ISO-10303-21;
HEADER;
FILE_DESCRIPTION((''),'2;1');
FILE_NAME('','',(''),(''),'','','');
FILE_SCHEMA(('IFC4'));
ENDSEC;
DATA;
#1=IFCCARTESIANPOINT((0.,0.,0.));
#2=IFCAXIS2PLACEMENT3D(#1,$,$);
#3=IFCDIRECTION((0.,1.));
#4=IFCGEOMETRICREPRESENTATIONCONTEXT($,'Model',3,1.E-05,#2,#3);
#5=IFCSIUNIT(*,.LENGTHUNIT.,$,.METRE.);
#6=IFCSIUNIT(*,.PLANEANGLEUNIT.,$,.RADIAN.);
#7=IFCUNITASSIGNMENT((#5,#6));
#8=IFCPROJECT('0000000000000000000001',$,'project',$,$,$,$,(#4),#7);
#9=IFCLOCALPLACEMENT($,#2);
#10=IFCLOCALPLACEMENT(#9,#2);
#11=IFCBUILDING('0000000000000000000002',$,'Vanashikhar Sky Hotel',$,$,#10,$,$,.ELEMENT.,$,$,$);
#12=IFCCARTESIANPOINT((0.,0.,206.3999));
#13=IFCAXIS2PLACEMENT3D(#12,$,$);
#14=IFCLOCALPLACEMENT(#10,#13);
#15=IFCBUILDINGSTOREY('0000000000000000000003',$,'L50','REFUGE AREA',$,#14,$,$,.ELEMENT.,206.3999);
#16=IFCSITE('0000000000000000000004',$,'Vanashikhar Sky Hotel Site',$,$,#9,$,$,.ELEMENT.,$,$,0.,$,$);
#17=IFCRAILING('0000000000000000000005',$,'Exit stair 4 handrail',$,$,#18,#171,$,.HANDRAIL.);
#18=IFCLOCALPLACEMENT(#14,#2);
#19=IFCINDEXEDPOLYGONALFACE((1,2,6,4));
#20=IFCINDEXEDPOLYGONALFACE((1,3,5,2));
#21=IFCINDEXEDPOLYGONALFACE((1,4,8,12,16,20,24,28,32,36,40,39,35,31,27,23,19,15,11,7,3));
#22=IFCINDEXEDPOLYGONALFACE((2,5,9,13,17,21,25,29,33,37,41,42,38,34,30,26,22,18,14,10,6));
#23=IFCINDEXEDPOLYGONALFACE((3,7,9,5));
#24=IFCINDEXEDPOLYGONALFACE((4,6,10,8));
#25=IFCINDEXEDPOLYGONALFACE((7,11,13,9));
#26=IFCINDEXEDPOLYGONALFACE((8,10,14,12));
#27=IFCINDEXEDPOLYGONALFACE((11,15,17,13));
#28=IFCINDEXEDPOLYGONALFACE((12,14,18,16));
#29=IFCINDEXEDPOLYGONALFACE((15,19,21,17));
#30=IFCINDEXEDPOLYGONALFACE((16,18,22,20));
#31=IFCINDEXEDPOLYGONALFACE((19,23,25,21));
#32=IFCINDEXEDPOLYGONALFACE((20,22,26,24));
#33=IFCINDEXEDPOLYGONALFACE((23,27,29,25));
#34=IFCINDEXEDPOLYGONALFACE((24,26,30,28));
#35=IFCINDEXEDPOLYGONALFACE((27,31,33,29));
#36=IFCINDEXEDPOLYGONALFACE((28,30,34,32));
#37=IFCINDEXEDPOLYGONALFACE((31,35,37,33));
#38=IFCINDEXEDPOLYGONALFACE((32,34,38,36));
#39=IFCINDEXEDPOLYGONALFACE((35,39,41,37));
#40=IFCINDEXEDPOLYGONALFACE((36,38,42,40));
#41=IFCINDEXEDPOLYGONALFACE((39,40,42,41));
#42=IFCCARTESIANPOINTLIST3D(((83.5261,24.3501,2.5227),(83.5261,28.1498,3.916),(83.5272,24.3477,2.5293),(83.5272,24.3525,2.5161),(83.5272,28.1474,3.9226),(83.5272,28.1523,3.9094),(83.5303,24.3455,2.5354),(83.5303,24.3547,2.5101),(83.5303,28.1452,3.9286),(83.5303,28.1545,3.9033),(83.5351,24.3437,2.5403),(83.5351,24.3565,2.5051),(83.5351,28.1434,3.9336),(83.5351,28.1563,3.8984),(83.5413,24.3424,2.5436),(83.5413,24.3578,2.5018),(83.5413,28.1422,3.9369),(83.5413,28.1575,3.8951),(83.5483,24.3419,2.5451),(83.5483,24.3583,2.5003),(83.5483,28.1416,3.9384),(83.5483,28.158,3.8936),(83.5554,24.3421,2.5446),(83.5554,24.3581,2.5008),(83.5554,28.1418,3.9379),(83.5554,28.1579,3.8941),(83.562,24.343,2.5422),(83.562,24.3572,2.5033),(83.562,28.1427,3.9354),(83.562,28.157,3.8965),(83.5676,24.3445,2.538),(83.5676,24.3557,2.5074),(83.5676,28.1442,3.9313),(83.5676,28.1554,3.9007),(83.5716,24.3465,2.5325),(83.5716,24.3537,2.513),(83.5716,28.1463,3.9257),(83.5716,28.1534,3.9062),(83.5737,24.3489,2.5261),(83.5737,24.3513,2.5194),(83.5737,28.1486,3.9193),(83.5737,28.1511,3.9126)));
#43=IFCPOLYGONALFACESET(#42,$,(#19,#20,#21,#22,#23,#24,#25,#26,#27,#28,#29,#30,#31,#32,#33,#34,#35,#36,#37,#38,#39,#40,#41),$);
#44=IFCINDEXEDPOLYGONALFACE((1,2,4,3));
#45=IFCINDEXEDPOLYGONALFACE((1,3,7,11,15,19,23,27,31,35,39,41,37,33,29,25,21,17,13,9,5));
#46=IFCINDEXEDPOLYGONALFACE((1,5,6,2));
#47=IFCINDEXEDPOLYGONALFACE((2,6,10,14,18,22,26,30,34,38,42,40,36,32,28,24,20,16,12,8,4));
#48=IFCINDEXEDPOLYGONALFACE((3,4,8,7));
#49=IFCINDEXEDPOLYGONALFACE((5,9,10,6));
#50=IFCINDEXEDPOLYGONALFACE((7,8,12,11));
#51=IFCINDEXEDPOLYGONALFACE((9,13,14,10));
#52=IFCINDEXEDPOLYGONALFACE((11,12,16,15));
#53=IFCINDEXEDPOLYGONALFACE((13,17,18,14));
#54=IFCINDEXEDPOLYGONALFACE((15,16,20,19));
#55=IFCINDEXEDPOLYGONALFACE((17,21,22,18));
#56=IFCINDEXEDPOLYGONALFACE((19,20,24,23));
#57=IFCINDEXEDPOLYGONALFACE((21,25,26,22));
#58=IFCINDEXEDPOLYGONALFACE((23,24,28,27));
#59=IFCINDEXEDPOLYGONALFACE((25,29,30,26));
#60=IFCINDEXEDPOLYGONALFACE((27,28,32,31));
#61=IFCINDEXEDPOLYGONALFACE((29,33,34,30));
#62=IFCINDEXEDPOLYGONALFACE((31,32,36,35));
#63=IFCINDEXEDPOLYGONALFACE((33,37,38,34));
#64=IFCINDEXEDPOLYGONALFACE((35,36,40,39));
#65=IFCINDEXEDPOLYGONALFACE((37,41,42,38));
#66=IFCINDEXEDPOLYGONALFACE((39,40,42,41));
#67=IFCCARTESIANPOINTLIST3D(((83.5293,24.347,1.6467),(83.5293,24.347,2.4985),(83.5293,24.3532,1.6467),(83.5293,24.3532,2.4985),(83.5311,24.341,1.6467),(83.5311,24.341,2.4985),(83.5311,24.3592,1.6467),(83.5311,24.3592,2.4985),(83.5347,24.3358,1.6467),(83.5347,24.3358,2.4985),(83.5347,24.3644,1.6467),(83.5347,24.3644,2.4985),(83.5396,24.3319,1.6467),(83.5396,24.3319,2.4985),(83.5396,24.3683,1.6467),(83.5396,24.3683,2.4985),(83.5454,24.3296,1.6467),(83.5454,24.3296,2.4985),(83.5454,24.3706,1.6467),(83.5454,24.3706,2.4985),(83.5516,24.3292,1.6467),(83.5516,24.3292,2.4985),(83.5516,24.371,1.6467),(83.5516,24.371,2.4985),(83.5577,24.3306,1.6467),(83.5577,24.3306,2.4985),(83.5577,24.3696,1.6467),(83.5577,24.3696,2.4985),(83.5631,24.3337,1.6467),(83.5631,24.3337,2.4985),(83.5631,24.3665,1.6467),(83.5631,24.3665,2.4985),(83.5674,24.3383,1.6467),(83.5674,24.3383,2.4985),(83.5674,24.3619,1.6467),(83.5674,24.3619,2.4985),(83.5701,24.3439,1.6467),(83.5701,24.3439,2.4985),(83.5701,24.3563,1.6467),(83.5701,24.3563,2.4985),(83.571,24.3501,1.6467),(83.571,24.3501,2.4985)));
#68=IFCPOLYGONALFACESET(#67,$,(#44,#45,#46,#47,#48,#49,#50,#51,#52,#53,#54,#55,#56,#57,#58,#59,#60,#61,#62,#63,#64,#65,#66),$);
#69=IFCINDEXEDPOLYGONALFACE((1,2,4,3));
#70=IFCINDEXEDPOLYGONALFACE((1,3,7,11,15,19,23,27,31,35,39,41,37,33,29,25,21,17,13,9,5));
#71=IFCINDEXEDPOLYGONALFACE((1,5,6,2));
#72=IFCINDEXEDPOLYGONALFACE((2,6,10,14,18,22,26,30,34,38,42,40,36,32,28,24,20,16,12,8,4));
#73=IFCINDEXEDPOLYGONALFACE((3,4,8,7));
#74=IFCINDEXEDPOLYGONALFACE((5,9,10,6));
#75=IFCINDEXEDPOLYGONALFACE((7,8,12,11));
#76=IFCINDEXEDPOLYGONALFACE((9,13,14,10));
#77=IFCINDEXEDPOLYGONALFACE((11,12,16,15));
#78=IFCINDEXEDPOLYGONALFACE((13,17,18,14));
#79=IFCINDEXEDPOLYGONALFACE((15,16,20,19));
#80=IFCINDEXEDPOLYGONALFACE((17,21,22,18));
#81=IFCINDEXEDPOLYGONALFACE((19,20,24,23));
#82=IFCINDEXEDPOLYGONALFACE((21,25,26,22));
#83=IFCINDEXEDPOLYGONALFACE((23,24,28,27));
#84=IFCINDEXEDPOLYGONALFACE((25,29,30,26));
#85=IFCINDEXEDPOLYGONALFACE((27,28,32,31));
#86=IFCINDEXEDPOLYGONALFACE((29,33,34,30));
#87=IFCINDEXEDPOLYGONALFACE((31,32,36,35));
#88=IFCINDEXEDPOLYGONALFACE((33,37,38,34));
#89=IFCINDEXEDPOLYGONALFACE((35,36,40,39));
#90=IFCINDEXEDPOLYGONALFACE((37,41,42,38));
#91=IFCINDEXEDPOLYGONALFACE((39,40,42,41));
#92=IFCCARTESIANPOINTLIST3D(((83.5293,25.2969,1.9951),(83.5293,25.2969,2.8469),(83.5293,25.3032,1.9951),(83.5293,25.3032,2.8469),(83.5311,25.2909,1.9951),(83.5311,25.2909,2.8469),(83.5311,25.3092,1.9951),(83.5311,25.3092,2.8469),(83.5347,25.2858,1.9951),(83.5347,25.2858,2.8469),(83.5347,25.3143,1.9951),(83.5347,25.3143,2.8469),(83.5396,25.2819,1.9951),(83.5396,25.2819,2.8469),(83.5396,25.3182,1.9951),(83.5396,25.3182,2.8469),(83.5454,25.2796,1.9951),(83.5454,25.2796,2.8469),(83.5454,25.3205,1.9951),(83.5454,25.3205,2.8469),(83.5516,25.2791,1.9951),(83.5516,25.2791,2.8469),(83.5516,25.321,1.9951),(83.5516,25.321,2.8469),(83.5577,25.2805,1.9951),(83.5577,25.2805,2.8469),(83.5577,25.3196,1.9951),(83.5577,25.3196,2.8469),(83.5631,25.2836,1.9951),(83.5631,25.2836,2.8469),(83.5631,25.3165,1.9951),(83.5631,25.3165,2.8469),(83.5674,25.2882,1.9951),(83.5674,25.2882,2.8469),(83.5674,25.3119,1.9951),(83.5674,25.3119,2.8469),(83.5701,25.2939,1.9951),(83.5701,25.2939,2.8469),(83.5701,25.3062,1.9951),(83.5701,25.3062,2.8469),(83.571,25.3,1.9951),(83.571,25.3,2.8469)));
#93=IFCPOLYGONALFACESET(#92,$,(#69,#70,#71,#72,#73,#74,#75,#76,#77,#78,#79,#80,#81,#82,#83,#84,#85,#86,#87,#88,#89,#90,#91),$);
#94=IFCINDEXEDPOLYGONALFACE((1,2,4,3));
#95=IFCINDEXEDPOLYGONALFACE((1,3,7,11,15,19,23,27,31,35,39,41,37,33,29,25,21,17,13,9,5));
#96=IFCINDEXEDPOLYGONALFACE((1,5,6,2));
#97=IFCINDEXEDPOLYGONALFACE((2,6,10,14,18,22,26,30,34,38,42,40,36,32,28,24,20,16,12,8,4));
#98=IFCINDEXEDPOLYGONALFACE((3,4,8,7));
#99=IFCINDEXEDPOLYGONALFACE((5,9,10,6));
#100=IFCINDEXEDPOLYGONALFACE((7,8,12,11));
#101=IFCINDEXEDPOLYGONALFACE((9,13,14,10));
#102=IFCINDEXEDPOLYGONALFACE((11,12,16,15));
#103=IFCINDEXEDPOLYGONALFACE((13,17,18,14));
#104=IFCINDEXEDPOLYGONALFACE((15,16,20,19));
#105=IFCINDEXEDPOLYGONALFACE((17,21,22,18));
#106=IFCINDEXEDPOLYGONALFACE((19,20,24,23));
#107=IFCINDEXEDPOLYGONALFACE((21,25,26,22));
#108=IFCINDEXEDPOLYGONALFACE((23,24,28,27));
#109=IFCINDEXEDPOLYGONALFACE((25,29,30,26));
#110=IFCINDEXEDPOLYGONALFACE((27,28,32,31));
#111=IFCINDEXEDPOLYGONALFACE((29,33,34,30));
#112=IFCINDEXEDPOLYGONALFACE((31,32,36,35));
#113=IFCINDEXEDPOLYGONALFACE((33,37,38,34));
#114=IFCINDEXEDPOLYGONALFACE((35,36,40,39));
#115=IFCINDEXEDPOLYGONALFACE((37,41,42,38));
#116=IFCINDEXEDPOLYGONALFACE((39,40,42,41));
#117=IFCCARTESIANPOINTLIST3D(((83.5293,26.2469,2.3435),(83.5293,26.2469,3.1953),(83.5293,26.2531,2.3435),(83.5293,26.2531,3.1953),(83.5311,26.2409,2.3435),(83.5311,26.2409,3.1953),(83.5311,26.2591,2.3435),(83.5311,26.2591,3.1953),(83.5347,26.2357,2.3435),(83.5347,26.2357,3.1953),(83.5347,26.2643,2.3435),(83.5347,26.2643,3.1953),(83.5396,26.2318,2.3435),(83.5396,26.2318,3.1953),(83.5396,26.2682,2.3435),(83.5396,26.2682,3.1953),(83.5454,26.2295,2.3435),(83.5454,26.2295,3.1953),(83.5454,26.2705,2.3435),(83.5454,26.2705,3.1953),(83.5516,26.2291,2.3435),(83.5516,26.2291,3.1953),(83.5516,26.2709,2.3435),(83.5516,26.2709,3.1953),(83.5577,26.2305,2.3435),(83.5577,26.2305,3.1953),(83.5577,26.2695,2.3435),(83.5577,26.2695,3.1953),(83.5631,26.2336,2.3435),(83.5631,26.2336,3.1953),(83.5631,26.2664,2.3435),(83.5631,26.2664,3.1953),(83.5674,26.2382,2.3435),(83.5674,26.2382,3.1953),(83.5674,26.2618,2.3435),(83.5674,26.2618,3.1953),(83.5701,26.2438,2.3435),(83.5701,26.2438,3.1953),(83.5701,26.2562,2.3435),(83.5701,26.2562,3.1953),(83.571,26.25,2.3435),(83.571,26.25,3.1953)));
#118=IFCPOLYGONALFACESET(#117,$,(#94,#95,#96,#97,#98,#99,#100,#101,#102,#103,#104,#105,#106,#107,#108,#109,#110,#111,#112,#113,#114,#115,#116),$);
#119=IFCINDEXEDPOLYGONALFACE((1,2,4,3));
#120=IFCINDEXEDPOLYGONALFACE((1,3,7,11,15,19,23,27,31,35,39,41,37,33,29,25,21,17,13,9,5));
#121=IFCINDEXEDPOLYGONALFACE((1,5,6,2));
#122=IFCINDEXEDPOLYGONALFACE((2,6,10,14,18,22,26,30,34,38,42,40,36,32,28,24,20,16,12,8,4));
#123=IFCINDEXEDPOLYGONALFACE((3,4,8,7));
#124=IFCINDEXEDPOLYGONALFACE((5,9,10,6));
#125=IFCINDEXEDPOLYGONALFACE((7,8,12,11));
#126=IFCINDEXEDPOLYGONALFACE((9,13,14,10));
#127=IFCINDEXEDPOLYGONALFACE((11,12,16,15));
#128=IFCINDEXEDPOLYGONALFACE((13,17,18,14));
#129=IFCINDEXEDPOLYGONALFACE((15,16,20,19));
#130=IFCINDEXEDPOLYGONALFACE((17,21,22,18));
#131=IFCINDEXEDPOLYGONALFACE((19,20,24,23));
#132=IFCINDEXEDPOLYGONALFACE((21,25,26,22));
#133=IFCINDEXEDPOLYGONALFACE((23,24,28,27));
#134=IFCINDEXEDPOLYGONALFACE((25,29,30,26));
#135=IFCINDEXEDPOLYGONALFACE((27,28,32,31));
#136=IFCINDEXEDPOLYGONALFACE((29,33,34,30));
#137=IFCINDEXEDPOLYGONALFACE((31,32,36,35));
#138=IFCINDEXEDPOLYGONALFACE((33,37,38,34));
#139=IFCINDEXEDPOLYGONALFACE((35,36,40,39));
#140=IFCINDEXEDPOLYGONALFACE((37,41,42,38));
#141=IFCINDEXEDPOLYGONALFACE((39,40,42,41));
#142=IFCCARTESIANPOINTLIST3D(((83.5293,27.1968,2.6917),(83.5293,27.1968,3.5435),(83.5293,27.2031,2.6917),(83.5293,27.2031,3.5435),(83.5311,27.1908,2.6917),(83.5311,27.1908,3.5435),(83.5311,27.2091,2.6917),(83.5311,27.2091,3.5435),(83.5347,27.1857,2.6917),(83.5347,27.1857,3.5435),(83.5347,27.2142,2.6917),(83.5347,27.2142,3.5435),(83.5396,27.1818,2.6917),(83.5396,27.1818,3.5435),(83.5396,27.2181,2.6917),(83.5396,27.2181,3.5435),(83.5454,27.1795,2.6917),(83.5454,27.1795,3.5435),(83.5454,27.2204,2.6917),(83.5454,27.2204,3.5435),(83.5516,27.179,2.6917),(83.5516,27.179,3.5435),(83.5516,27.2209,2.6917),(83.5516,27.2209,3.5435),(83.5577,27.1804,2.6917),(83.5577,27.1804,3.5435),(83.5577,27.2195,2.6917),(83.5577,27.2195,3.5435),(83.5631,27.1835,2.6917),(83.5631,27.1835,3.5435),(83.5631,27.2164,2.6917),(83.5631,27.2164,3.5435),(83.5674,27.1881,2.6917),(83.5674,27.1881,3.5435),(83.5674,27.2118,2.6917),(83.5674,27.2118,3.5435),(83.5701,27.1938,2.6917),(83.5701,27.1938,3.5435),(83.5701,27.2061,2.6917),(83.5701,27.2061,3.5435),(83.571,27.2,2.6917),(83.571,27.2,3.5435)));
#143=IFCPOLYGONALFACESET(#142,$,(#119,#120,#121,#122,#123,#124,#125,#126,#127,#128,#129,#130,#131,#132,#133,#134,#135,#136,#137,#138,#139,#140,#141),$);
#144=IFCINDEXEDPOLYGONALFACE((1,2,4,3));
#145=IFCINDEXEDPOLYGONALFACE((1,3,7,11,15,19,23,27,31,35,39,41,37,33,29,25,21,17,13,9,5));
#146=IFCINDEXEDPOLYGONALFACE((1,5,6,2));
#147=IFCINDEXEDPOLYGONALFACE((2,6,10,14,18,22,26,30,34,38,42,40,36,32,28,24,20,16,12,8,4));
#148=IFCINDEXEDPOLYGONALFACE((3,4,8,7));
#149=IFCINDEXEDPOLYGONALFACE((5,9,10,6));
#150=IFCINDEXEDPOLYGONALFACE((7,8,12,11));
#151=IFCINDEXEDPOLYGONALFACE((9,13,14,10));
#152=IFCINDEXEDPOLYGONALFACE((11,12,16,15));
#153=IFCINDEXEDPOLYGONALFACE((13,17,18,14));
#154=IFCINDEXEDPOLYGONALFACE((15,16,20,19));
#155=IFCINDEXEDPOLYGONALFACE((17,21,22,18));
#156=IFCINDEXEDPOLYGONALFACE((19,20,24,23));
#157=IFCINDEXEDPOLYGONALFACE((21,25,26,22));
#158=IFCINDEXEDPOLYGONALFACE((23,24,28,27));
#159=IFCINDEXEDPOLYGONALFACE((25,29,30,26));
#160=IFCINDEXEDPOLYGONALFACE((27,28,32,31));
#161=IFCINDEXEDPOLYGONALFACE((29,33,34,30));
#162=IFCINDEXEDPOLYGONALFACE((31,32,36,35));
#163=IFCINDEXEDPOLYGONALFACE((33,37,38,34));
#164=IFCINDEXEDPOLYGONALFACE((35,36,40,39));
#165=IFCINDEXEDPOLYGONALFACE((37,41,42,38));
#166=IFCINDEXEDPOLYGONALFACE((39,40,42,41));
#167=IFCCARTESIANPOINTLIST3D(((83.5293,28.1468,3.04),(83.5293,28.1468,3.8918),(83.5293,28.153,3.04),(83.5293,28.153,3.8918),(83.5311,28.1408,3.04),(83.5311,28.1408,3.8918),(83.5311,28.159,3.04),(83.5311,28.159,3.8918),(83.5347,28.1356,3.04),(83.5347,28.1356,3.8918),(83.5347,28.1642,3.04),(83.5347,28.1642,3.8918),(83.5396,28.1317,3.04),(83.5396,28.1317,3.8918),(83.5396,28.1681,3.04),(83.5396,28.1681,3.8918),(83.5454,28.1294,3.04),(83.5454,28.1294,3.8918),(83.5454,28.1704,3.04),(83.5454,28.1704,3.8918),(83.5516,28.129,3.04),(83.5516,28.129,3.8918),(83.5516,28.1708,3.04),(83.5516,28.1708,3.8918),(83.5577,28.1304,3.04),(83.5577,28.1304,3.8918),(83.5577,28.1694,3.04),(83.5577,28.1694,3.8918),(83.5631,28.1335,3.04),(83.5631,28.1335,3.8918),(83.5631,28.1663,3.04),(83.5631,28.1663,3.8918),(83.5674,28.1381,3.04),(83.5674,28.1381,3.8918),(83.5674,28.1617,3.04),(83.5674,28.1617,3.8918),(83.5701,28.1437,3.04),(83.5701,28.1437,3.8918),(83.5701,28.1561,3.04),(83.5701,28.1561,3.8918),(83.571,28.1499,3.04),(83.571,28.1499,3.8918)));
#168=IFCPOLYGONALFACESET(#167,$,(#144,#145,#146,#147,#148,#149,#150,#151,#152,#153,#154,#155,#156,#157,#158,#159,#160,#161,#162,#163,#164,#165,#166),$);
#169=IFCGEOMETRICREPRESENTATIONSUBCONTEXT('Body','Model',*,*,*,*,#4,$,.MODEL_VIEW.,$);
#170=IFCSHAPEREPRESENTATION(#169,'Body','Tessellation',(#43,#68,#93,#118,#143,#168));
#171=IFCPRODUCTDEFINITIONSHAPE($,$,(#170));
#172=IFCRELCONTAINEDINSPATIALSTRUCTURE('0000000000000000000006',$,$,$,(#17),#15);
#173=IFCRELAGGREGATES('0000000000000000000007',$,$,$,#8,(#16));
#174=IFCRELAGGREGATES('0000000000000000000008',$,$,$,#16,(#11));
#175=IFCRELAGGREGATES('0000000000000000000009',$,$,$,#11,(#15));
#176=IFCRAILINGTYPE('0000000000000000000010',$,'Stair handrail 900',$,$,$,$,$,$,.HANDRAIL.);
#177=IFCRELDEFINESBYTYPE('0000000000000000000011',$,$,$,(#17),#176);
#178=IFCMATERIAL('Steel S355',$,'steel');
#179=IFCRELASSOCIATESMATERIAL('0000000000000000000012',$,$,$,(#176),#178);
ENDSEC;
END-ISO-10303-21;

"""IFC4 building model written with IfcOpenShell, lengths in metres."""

from ifc_helpers import new_model, si_unit, direction, frame, origin, origin_2d, place, context, subcontext, project, spatial, circle, extrude, source, transform, mapped, material, type_object, element, save


model = new_model("IFC4")

# Units and contexts
model_context = context("Model", 3, precision=1e-05, world=origin(), true_north=direction((0.0, 1.0)))
body_context = subcontext(model_context, "Body", "Model", "MODEL_VIEW")
ifc_project = project(units=[si_unit("LENGTHUNIT", "METRE"), si_unit("PLANEANGLEUNIT", "RADIAN")], contexts=[model_context])

# Site, building, storey
site_placement = place(None, origin())
site = spatial("IfcSite", under=ifc_project, at=site_placement, Name="Vanashikhar Sky Hotel Site", CompositionType="ELEMENT", RefElevation=0.0)
building_placement = place(site_placement, origin())
building = spatial("IfcBuilding", under=site, at=building_placement, Name="Vanashikhar Sky Hotel", CompositionType="ELEMENT")
storey_placement = place(building_placement, frame((0.0, 0.0, 206.3999)))
storey = spatial("IfcBuildingStorey", under=building, at=storey_placement, Name="L50", Description="REFUGE AREA", CompositionType="ELEMENT", Elevation=206.3999)

# Railing
ifc_material_1 = material(Name="Steel S355", Category="steel")
railing_type = type_object("IfcRailingType", Name="Stair handrail 900", PredefinedType="HANDRAIL", material=ifc_material_1)
shared_shape_1 = source(origin(), body_context, "Body", "SweptSolid", [
    extrude(circle(Radius=0.0239, at=origin_2d()), frame((0.0, 0.0, 0.876), z_axis=(0.0, 0.938872, 0.344265), x_axis=(-1.0, 0.0, 0.0)), (0.0, 0.0, 1.0), 4.0471),
    extrude(circle(Radius=0.021, at=origin_2d()), origin(), (0.0, 0.0, 1.0), 0.8518),
    extrude(circle(Radius=0.021, at=origin_2d()), frame((0.0, 0.95, 0.3484)), (0.0, 0.0, 1.0), 0.8518),
    extrude(circle(Radius=0.021, at=origin_2d()), frame((0.0, 1.8999, 0.6968)), (0.0, 0.0, 1.0), 0.8518),
    extrude(circle(Radius=0.021, at=origin_2d()), frame((0.0, 2.8499, 1.0449)), (0.0, 0.0, 1.0), 0.8518),
    extrude(circle(Radius=0.021, at=origin_2d()), frame((0.0, 3.7998, 1.3933)), (0.0, 0.0, 1.0), 0.8518),
])
for number, where, name in (
    (1, (83.55, 24.3501, 1.6467), "Exit stair 4 handrail"),
):
    element("IfcRailing", number, at=place(storey_placement, frame(where)), inside=storey, type_object=railing_type, Name=name, PredefinedType="HANDRAIL", context=body_context, shape_type="MappedRepresentation", body=[
        mapped(shared_shape_1, transform((0.0, 0.0, 0.0), scale=1.0)),
    ])

save(model, "model.ifc")
